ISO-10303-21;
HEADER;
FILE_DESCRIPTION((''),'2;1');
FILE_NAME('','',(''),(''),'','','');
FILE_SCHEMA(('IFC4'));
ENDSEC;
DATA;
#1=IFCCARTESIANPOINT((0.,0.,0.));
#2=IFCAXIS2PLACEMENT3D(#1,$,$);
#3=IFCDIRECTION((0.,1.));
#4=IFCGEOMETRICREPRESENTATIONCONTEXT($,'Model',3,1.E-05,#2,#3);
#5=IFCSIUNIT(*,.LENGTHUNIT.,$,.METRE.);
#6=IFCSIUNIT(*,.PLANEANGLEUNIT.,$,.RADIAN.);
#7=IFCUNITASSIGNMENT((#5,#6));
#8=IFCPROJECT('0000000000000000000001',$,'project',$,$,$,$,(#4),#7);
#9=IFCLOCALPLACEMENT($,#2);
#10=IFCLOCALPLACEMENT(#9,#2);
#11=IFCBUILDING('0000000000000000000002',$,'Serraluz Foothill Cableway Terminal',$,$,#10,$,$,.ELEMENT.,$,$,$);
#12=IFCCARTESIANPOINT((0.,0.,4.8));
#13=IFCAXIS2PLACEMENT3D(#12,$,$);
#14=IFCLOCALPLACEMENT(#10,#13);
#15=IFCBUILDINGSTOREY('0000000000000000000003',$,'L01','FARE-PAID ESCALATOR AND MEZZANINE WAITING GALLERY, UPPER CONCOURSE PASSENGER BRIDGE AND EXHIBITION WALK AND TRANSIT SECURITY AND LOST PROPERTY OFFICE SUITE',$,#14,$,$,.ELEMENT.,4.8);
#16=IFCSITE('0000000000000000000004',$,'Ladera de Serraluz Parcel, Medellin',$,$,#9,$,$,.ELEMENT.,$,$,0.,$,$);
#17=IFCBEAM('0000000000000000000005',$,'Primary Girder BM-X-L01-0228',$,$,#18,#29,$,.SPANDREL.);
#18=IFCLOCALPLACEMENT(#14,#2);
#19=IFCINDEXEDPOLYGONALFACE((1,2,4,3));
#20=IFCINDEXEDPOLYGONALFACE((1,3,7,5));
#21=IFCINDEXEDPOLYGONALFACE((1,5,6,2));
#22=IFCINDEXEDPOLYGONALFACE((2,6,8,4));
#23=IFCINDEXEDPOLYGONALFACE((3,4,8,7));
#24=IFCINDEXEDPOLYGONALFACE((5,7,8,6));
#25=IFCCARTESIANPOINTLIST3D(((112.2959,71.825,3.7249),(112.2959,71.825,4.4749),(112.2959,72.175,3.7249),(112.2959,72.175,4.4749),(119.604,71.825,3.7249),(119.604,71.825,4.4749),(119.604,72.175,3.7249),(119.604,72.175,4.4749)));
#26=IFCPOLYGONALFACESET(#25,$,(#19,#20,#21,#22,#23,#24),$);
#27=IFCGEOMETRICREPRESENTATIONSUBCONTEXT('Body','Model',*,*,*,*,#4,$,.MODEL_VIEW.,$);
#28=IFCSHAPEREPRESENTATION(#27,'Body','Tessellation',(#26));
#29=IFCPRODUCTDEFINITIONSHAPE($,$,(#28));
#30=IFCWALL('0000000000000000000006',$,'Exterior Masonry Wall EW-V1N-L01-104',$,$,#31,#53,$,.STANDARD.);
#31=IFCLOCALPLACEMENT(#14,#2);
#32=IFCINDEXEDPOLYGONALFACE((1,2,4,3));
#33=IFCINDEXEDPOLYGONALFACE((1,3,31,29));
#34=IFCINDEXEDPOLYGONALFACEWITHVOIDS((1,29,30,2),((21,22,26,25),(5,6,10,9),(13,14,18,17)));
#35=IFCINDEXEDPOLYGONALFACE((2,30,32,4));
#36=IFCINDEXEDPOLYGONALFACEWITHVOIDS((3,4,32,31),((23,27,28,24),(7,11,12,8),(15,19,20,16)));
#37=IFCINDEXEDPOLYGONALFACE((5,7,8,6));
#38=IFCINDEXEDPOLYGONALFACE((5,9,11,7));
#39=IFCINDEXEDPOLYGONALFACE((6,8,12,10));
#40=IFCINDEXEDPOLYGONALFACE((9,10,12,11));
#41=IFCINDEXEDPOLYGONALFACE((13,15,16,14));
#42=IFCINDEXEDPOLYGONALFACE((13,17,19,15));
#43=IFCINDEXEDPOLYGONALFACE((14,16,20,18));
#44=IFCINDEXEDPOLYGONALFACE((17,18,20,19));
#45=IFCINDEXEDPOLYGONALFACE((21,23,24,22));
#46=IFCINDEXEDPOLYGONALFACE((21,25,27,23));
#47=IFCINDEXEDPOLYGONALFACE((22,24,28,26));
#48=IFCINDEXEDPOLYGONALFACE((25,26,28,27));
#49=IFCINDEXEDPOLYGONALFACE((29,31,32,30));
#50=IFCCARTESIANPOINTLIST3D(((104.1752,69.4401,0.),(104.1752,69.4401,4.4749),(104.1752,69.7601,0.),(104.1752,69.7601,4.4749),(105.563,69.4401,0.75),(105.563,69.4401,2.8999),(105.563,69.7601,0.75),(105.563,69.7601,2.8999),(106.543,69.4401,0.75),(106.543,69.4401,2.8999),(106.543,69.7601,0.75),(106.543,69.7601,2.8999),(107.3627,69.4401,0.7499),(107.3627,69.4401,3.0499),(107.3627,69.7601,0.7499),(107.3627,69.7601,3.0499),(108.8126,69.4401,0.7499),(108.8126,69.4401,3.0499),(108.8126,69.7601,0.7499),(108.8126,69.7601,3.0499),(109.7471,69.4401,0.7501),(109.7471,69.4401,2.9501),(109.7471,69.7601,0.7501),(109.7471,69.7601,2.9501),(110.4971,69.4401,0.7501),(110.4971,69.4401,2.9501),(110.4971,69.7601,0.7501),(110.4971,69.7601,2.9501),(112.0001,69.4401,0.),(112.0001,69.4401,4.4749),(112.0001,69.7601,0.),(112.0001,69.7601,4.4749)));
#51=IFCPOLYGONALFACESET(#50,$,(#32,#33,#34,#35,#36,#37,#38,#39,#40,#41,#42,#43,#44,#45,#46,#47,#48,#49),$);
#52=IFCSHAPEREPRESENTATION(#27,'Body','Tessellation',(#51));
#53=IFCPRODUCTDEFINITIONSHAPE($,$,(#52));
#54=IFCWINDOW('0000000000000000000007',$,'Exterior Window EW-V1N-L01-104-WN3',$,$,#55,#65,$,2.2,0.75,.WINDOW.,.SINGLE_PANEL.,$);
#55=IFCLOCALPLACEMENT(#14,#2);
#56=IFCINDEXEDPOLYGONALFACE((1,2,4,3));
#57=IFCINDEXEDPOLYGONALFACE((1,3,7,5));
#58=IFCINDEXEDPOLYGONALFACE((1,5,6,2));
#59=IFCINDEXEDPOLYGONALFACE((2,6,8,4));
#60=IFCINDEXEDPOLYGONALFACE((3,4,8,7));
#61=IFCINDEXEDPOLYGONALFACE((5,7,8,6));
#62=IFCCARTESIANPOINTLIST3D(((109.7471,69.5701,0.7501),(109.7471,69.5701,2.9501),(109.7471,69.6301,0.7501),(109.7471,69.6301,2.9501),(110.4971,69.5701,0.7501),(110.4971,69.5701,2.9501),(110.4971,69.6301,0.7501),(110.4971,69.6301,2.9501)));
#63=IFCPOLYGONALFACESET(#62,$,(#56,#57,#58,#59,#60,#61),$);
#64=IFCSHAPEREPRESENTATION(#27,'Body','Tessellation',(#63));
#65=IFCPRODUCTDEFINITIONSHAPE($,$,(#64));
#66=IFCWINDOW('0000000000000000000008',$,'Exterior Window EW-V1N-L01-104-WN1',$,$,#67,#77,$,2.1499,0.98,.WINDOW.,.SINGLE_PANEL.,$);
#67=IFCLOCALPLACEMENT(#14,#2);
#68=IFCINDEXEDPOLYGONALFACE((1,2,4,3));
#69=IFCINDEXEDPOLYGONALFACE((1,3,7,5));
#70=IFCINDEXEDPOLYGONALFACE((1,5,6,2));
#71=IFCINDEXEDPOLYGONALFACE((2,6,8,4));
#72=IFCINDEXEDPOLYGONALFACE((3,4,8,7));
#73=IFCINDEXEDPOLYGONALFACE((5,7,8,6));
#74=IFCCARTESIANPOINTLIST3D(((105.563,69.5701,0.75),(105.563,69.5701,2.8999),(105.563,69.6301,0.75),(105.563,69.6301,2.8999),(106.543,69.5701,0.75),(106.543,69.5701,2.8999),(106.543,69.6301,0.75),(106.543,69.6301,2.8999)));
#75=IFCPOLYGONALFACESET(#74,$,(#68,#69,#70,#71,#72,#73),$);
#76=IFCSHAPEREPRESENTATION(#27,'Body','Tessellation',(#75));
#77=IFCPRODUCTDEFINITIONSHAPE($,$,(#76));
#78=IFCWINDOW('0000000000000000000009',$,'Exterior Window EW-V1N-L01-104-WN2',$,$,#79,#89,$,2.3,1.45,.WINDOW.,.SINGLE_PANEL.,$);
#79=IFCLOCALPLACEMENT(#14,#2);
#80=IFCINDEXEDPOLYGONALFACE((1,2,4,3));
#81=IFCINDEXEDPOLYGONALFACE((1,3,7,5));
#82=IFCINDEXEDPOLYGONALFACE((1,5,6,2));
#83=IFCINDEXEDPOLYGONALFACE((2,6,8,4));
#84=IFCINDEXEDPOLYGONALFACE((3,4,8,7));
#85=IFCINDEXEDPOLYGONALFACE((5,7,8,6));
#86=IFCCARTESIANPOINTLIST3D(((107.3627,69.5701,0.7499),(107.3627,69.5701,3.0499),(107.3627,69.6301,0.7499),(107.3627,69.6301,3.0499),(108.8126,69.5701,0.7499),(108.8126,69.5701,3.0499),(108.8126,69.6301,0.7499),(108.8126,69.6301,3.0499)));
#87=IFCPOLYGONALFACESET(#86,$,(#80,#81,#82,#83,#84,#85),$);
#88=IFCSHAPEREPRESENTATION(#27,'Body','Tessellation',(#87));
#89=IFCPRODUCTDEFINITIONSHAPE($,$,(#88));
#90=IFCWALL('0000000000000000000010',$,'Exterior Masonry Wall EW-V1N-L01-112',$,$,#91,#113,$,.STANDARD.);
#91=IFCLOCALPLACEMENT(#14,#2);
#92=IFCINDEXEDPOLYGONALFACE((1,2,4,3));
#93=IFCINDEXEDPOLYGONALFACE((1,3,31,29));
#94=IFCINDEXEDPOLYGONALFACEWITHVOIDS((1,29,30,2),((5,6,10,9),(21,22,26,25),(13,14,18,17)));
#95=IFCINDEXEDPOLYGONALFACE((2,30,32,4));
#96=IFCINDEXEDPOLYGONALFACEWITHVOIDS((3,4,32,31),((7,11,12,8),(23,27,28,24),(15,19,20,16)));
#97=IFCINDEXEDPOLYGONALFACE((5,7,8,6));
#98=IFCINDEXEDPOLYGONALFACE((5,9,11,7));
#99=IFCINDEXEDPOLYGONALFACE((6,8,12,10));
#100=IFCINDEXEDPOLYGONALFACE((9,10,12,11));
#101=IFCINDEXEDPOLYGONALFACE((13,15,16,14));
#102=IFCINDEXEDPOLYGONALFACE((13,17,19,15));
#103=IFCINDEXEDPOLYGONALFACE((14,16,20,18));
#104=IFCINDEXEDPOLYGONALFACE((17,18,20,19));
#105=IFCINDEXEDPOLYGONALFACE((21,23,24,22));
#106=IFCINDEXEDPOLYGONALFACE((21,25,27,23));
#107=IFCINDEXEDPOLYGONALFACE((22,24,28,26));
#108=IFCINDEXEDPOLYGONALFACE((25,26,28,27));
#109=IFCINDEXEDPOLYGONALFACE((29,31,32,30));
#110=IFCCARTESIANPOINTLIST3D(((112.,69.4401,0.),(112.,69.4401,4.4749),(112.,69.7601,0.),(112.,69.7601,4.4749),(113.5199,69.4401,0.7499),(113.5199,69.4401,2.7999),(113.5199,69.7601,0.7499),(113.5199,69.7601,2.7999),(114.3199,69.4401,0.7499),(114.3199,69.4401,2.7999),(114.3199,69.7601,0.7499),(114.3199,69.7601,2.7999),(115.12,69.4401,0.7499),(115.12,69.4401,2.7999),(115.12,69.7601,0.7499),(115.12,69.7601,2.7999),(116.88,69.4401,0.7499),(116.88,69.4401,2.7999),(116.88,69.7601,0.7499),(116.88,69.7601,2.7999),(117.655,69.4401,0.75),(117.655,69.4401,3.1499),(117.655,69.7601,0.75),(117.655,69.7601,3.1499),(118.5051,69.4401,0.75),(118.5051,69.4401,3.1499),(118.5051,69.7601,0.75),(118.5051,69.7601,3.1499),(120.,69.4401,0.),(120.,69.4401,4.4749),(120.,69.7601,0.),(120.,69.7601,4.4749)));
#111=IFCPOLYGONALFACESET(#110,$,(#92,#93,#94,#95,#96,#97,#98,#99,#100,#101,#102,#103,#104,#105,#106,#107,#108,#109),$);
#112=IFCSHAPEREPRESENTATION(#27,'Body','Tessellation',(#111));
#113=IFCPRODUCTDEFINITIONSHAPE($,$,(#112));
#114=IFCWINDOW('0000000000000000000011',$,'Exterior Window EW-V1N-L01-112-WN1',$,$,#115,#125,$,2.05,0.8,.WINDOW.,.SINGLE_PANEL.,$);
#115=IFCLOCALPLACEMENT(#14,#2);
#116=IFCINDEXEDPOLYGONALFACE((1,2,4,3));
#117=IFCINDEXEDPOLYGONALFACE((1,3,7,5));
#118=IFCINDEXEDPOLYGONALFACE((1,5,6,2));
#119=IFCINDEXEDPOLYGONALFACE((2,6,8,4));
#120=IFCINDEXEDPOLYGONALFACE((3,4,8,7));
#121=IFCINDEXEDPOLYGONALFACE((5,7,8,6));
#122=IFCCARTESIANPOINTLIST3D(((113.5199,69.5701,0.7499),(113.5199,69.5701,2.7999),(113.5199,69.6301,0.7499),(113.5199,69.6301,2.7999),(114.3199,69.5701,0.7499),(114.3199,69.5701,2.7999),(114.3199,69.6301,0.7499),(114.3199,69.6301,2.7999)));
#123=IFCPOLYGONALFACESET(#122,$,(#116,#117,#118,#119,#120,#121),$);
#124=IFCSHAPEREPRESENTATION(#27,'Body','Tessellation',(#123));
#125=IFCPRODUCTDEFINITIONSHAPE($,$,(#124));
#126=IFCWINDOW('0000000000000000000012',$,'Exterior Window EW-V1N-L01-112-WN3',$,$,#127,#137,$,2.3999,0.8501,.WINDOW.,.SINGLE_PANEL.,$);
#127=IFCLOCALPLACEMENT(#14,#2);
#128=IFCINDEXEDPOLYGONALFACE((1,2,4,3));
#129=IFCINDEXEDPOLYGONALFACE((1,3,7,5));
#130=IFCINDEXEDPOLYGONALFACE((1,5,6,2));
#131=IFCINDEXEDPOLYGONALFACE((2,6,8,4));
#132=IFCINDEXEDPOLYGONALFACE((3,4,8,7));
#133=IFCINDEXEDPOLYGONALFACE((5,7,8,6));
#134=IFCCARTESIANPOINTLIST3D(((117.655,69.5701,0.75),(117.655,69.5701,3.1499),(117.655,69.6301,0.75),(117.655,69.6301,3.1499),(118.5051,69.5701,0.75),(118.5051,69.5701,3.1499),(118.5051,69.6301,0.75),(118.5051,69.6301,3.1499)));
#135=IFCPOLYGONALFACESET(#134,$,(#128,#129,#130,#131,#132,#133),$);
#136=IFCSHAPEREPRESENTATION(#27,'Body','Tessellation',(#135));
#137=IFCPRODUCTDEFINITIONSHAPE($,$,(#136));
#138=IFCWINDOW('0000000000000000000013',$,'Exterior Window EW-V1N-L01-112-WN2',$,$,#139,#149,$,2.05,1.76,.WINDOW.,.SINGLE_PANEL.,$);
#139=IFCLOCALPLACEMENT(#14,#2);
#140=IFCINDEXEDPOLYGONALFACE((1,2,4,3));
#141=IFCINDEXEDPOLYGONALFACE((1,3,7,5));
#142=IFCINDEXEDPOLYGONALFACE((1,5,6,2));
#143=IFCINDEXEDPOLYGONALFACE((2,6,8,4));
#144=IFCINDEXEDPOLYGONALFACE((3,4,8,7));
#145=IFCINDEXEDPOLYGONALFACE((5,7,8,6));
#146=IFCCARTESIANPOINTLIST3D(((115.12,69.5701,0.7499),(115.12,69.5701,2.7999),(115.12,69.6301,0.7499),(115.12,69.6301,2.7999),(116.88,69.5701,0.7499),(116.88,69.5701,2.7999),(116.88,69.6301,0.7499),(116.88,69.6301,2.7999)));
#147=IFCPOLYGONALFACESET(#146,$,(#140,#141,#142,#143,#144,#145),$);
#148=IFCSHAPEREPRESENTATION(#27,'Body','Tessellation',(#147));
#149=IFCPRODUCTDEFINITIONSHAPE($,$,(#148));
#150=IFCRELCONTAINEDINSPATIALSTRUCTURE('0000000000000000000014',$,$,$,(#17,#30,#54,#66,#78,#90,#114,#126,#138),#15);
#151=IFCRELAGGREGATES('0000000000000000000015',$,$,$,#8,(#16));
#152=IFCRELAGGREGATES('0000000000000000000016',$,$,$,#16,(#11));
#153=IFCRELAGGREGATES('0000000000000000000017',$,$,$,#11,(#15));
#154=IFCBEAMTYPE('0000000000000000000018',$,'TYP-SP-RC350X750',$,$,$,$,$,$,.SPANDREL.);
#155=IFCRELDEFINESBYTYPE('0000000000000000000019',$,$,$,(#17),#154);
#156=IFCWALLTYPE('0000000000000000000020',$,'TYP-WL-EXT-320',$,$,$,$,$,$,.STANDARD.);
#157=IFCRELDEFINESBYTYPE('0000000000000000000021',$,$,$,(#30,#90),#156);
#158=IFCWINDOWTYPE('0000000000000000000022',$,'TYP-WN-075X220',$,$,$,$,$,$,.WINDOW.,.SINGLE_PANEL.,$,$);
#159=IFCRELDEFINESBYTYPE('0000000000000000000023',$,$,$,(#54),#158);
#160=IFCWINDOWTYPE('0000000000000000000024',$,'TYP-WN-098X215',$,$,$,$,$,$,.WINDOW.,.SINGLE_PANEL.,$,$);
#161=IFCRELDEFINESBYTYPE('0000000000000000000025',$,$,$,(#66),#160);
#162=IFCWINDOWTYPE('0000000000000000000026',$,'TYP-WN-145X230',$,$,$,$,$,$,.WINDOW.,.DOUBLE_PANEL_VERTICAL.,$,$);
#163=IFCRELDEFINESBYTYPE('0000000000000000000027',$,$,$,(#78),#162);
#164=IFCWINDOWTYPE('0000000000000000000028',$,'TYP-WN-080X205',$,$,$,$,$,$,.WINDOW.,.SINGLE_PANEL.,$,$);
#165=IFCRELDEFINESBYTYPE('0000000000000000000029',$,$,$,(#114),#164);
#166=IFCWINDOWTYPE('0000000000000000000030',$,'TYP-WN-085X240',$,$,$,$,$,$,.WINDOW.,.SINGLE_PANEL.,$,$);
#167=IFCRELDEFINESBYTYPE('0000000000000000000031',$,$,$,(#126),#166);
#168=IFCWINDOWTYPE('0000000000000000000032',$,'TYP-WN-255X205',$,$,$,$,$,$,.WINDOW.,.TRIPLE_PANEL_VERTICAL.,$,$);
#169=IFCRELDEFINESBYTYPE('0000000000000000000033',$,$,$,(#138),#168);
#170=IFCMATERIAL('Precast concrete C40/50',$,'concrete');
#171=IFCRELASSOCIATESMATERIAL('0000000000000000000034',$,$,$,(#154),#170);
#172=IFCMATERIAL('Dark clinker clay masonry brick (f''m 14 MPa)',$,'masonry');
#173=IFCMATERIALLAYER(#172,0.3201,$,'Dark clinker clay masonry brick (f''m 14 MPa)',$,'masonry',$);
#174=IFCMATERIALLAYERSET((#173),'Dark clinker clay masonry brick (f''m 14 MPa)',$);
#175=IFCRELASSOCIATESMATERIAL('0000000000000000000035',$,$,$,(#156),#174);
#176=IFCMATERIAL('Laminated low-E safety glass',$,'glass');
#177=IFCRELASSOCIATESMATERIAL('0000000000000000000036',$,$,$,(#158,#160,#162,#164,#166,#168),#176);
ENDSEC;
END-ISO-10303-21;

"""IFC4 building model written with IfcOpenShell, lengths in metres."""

from ifc_helpers import new_model, si_unit, direction, frame, frame_2d, origin, origin_2d, place, context, subcontext, project, spatial, rectangle, extrude, material, layer, layer_set, material_profile, profile_set, type_object, element, fill, save


model = new_model("IFC4")

# Units and contexts
model_context = context("Model", 3, precision=1e-05, world=origin(), true_north=direction((0.0, 1.0)))
body_context = subcontext(model_context, "Body", "Model", "MODEL_VIEW")
ifc_project = project(units=[si_unit("LENGTHUNIT", "METRE"), si_unit("PLANEANGLEUNIT", "RADIAN")], contexts=[model_context])

# Site, building, storey
site_placement = place(None, origin())
site = spatial("IfcSite", under=ifc_project, at=site_placement, Name="Ladera de Serraluz Parcel, Medellin", CompositionType="ELEMENT", RefElevation=0.0)
building_placement = place(site_placement, origin())
building = spatial("IfcBuilding", under=site, at=building_placement, Name="Serraluz Foothill Cableway Terminal", CompositionType="ELEMENT")
storey_placement = place(building_placement, frame((0.0, 0.0, 4.8)))
storey = spatial("IfcBuildingStorey", under=building, at=storey_placement, Name="L01", Description="FARE-PAID ESCALATOR AND MEZZANINE WAITING GALLERY, UPPER CONCOURSE PASSENGER BRIDGE AND EXHIBITION WALK AND TRANSIT SECURITY AND LOST PROPERTY OFFICE SUITE", CompositionType="ELEMENT", Elevation=4.8)

# Shared definitions
ifc_material_1 = material(Name="Dark clinker clay masonry brick (f'm 14 MPa)", Category="masonry")

# Beam
ifc_material_2 = material(Name="Precast concrete C40/50", Category="concrete")
ifc_material_profile_1 = material_profile(ifc_material_2, rectangle(XDim=0.3501, YDim=0.75, at=origin_2d()), Name="RC SP 350x750")
ifc_profile_set_1 = profile_set([ifc_material_profile_1], Name="Precast concrete C40/50")
beam_type_1 = type_object("IfcBeamType", Name="TYP-SP-RC350X750", PredefinedType="SPANDREL", material=ifc_profile_set_1)
for number, where, z_axis, x_axis, name in (
    (1, (112.2959, 72.0, 4.0999), (1.0, 0.0, 0.0), (0.0, 1.0, 0.0), "Primary Girder BM-X-L01-0228"),
):
    element("IfcBeam", number, at=place(storey_placement, frame(where, z_axis=z_axis, x_axis=x_axis)), inside=storey, type_object=beam_type_1, Name=name, PredefinedType="SPANDREL", context=body_context, shape_type="SweptSolid", body=[
        extrude(rectangle(XDim=0.3501, YDim=0.75, at=origin_2d()), origin(), (0.0, 0.0, 1.0), 7.3081),
    ])

# Walls, openings, windows
ifc_layer_1 = layer(ifc_material_1, 0.3201, Name="Dark clinker clay masonry brick (f'm 14 MPa)", Category="masonry")
ifc_layer_set_1 = layer_set([ifc_layer_1], Name="Dark clinker clay masonry brick (f'm 14 MPa)")
wall_type_1 = type_object("IfcWallType", Name="TYP-WL-EXT-320", PredefinedType="STANDARD", material=ifc_layer_set_1)
wall_1_placement = place(storey_placement, frame((104.175, 69.6001, 0.0), z_axis=(0.0, 0.0, 1.0), x_axis=(1.0, 0.0, 0.0)))
wall_1 = element("IfcWall", 2, at=wall_1_placement, inside=storey, type_object=wall_type_1, Name="Exterior Masonry Wall EW-V1N-L01-104", PredefinedType="STANDARD", context=body_context, shape_type="SweptSolid", body=[
    extrude(rectangle(XDim=7.825, YDim=0.3201, at=frame_2d((3.9126, 0.0))), origin(), (0.0, 0.0, 1.0), 4.4749),
])
opening_1_placement = place(wall_1_placement, frame((1.3879, 0.0, 0.75)))
opening_1 = element("IfcOpeningElement", 3, at=opening_1_placement, cuts=wall_1, PredefinedType="OPENING", context=body_context, shape_type="SweptSolid", body=[
    extrude(rectangle(XDim=0.98, YDim=2.1499, at=frame_2d((0.49, 1.075))), frame((0.0, 0.1699, 0.0), z_axis=(0.0, -1.0, 0.0), x_axis=(1.0, 0.0, 0.0)), (0.0, 0.0, 1.0), 0.3401),
])
opening_2_placement = place(wall_1_placement, frame((3.1875, 0.0, 0.75)))
opening_2 = element("IfcOpeningElement", 4, at=opening_2_placement, cuts=wall_1, PredefinedType="OPENING", context=body_context, shape_type="SweptSolid", body=[
    extrude(rectangle(XDim=1.45, YDim=2.3, at=frame_2d((0.7251, 1.1499))), frame((0.0, 0.1699, 0.0), z_axis=(0.0, -1.0, 0.0), x_axis=(1.0, 0.0, 0.0)), (0.0, 0.0, 1.0), 0.3401),
])
opening_3_placement = place(wall_1_placement, frame((5.572, 0.0, 0.75)))
opening_3 = element("IfcOpeningElement", 5, at=opening_3_placement, cuts=wall_1, PredefinedType="OPENING", context=body_context, shape_type="SweptSolid", body=[
    extrude(rectangle(XDim=0.75, YDim=2.2, at=frame_2d((0.375, 1.1001))), frame((0.0, 0.1699, 0.0), z_axis=(0.0, -1.0, 0.0), x_axis=(1.0, 0.0, 0.0)), (0.0, 0.0, 1.0), 0.3401),
])
ifc_material_3 = material(Name="Laminated low-E safety glass", Category="glass")
window_type_1 = type_object("IfcWindowType", Name="TYP-WN-075X220", PartitioningType="SINGLE_PANEL", PredefinedType="WINDOW", material=ifc_material_3)
window_1_placement = place(opening_3_placement, origin())
window_1 = element("IfcWindow", 6, at=window_1_placement, inside=storey, type_object=window_type_1, Name="Exterior Window EW-V1N-L01-104-WN3", OverallHeight=2.2, OverallWidth=0.75, PartitioningType="SINGLE_PANEL", PredefinedType="WINDOW", context=body_context, shape_type="SweptSolid", body=[
    extrude(rectangle(XDim=0.75, YDim=2.2, at=frame_2d((0.375, 1.1001))), frame((0.0, 0.03, 0.0), z_axis=(0.0, -1.0, 0.0), x_axis=(1.0, 0.0, 0.0)), (0.0, 0.0, 1.0), 0.0601),
])
fill(opening_3, window_1)
window_type_2 = type_object("IfcWindowType", Name="TYP-WN-098X215", PartitioningType="SINGLE_PANEL", PredefinedType="WINDOW", material=ifc_material_3)
window_2_placement = place(opening_1_placement, origin())
window_2 = element("IfcWindow", 7, at=window_2_placement, inside=storey, type_object=window_type_2, Name="Exterior Window EW-V1N-L01-104-WN1", OverallHeight=2.1499, OverallWidth=0.98, PartitioningType="SINGLE_PANEL", PredefinedType="WINDOW", context=body_context, shape_type="SweptSolid", body=[
    extrude(rectangle(XDim=0.98, YDim=2.1499, at=frame_2d((0.49, 1.075))), frame((0.0, 0.03, 0.0), z_axis=(0.0, -1.0, 0.0), x_axis=(1.0, 0.0, 0.0)), (0.0, 0.0, 1.0), 0.0601),
])
fill(opening_1, window_2)
window_type_3 = type_object("IfcWindowType", Name="TYP-WN-145X230", PartitioningType="DOUBLE_PANEL_VERTICAL", PredefinedType="WINDOW", material=ifc_material_3)
window_3_placement = place(opening_2_placement, origin())
window_3 = element("IfcWindow", 8, at=window_3_placement, inside=storey, type_object=window_type_3, Name="Exterior Window EW-V1N-L01-104-WN2", OverallHeight=2.3, OverallWidth=1.45, PartitioningType="SINGLE_PANEL", PredefinedType="WINDOW", context=body_context, shape_type="SweptSolid", body=[
    extrude(rectangle(XDim=1.45, YDim=2.3, at=frame_2d((0.7251, 1.1499))), frame((0.0, 0.03, 0.0), z_axis=(0.0, -1.0, 0.0), x_axis=(1.0, 0.0, 0.0)), (0.0, 0.0, 1.0), 0.0601),
])
fill(opening_2, window_3)
wall_2_placement = place(storey_placement, frame((112.0, 69.6001, 0.0), z_axis=(0.0, 0.0, 1.0), x_axis=(1.0, 0.0, 0.0)))
wall_2 = element("IfcWall", 9, at=wall_2_placement, inside=storey, type_object=wall_type_1, Name="Exterior Masonry Wall EW-V1N-L01-112", PredefinedType="STANDARD", context=body_context, shape_type="SweptSolid", body=[
    extrude(rectangle(XDim=8.0, YDim=0.3201, at=frame_2d((4.0, 0.0))), origin(), (0.0, 0.0, 1.0), 4.4749),
])
opening_4_placement = place(wall_2_placement, frame((1.52, 0.0, 0.75)))
opening_4 = element("IfcOpeningElement", 10, at=opening_4_placement, cuts=wall_2, PredefinedType="OPENING", context=body_context, shape_type="SweptSolid", body=[
    extrude(rectangle(XDim=0.8, YDim=2.05, at=frame_2d((0.3999, 1.0249))), frame((0.0, 0.1699, 0.0), z_axis=(0.0, -1.0, 0.0), x_axis=(1.0, 0.0, 0.0)), (0.0, 0.0, 1.0), 0.3401),
])
opening_5_placement = place(wall_2_placement, frame((3.1201, 0.0, 0.75)))
opening_5 = element("IfcOpeningElement", 11, at=opening_5_placement, cuts=wall_2, PredefinedType="OPENING", context=body_context, shape_type="SweptSolid", body=[
    extrude(rectangle(XDim=1.76, YDim=2.05, at=frame_2d((0.8799, 1.0249))), frame((0.0, 0.1699, 0.0), z_axis=(0.0, -1.0, 0.0), x_axis=(1.0, 0.0, 0.0)), (0.0, 0.0, 1.0), 0.3401),
])
opening_6_placement = place(wall_2_placement, frame((5.655, 0.0, 0.75)))
opening_6 = element("IfcOpeningElement", 12, at=opening_6_placement, cuts=wall_2, PredefinedType="OPENING", context=body_context, shape_type="SweptSolid", body=[
    extrude(rectangle(XDim=0.8501, YDim=2.3999, at=frame_2d((0.425, 1.2))), frame((0.0, 0.1699, 0.0), z_axis=(0.0, -1.0, 0.0), x_axis=(1.0, 0.0, 0.0)), (0.0, 0.0, 1.0), 0.3401),
])
window_type_4 = type_object("IfcWindowType", Name="TYP-WN-080X205", PartitioningType="SINGLE_PANEL", PredefinedType="WINDOW", material=ifc_material_3)
window_4_placement = place(opening_4_placement, origin())
window_4 = element("IfcWindow", 13, at=window_4_placement, inside=storey, type_object=window_type_4, Name="Exterior Window EW-V1N-L01-112-WN1", OverallHeight=2.05, OverallWidth=0.8, PartitioningType="SINGLE_PANEL", PredefinedType="WINDOW", context=body_context, shape_type="SweptSolid", body=[
    extrude(rectangle(XDim=0.8, YDim=2.05, at=frame_2d((0.3999, 1.0249))), frame((0.0, 0.03, 0.0), z_axis=(0.0, -1.0, 0.0), x_axis=(1.0, 0.0, 0.0)), (0.0, 0.0, 1.0), 0.0601),
])
fill(opening_4, window_4)
window_type_5 = type_object("IfcWindowType", Name="TYP-WN-085X240", PartitioningType="SINGLE_PANEL", PredefinedType="WINDOW", material=ifc_material_3)
window_5_placement = place(opening_6_placement, origin())
window_5 = element("IfcWindow", 14, at=window_5_placement, inside=storey, type_object=window_type_5, Name="Exterior Window EW-V1N-L01-112-WN3", OverallHeight=2.3999, OverallWidth=0.8501, PartitioningType="SINGLE_PANEL", PredefinedType="WINDOW", context=body_context, shape_type="SweptSolid", body=[
    extrude(rectangle(XDim=0.8501, YDim=2.3999, at=frame_2d((0.425, 1.2))), frame((0.0, 0.03, 0.0), z_axis=(0.0, -1.0, 0.0), x_axis=(1.0, 0.0, 0.0)), (0.0, 0.0, 1.0), 0.0601),
])
fill(opening_6, window_5)
window_type_6 = type_object("IfcWindowType", Name="TYP-WN-255X205", PartitioningType="TRIPLE_PANEL_VERTICAL", PredefinedType="WINDOW", material=ifc_material_3)
window_6_placement = place(opening_5_placement, origin())
window_6 = element("IfcWindow", 15, at=window_6_placement, inside=storey, type_object=window_type_6, Name="Exterior Window EW-V1N-L01-112-WN2", OverallHeight=2.05, OverallWidth=1.76, PartitioningType="SINGLE_PANEL", PredefinedType="WINDOW", context=body_context, shape_type="SweptSolid", body=[
    extrude(rectangle(XDim=1.76, YDim=2.05, at=frame_2d((0.8799, 1.0249))), frame((0.0, 0.03, 0.0), z_axis=(0.0, -1.0, 0.0), x_axis=(1.0, 0.0, 0.0)), (0.0, 0.0, 1.0), 0.0601),
])
fill(opening_5, window_6)

save(model, "model.ifc")
